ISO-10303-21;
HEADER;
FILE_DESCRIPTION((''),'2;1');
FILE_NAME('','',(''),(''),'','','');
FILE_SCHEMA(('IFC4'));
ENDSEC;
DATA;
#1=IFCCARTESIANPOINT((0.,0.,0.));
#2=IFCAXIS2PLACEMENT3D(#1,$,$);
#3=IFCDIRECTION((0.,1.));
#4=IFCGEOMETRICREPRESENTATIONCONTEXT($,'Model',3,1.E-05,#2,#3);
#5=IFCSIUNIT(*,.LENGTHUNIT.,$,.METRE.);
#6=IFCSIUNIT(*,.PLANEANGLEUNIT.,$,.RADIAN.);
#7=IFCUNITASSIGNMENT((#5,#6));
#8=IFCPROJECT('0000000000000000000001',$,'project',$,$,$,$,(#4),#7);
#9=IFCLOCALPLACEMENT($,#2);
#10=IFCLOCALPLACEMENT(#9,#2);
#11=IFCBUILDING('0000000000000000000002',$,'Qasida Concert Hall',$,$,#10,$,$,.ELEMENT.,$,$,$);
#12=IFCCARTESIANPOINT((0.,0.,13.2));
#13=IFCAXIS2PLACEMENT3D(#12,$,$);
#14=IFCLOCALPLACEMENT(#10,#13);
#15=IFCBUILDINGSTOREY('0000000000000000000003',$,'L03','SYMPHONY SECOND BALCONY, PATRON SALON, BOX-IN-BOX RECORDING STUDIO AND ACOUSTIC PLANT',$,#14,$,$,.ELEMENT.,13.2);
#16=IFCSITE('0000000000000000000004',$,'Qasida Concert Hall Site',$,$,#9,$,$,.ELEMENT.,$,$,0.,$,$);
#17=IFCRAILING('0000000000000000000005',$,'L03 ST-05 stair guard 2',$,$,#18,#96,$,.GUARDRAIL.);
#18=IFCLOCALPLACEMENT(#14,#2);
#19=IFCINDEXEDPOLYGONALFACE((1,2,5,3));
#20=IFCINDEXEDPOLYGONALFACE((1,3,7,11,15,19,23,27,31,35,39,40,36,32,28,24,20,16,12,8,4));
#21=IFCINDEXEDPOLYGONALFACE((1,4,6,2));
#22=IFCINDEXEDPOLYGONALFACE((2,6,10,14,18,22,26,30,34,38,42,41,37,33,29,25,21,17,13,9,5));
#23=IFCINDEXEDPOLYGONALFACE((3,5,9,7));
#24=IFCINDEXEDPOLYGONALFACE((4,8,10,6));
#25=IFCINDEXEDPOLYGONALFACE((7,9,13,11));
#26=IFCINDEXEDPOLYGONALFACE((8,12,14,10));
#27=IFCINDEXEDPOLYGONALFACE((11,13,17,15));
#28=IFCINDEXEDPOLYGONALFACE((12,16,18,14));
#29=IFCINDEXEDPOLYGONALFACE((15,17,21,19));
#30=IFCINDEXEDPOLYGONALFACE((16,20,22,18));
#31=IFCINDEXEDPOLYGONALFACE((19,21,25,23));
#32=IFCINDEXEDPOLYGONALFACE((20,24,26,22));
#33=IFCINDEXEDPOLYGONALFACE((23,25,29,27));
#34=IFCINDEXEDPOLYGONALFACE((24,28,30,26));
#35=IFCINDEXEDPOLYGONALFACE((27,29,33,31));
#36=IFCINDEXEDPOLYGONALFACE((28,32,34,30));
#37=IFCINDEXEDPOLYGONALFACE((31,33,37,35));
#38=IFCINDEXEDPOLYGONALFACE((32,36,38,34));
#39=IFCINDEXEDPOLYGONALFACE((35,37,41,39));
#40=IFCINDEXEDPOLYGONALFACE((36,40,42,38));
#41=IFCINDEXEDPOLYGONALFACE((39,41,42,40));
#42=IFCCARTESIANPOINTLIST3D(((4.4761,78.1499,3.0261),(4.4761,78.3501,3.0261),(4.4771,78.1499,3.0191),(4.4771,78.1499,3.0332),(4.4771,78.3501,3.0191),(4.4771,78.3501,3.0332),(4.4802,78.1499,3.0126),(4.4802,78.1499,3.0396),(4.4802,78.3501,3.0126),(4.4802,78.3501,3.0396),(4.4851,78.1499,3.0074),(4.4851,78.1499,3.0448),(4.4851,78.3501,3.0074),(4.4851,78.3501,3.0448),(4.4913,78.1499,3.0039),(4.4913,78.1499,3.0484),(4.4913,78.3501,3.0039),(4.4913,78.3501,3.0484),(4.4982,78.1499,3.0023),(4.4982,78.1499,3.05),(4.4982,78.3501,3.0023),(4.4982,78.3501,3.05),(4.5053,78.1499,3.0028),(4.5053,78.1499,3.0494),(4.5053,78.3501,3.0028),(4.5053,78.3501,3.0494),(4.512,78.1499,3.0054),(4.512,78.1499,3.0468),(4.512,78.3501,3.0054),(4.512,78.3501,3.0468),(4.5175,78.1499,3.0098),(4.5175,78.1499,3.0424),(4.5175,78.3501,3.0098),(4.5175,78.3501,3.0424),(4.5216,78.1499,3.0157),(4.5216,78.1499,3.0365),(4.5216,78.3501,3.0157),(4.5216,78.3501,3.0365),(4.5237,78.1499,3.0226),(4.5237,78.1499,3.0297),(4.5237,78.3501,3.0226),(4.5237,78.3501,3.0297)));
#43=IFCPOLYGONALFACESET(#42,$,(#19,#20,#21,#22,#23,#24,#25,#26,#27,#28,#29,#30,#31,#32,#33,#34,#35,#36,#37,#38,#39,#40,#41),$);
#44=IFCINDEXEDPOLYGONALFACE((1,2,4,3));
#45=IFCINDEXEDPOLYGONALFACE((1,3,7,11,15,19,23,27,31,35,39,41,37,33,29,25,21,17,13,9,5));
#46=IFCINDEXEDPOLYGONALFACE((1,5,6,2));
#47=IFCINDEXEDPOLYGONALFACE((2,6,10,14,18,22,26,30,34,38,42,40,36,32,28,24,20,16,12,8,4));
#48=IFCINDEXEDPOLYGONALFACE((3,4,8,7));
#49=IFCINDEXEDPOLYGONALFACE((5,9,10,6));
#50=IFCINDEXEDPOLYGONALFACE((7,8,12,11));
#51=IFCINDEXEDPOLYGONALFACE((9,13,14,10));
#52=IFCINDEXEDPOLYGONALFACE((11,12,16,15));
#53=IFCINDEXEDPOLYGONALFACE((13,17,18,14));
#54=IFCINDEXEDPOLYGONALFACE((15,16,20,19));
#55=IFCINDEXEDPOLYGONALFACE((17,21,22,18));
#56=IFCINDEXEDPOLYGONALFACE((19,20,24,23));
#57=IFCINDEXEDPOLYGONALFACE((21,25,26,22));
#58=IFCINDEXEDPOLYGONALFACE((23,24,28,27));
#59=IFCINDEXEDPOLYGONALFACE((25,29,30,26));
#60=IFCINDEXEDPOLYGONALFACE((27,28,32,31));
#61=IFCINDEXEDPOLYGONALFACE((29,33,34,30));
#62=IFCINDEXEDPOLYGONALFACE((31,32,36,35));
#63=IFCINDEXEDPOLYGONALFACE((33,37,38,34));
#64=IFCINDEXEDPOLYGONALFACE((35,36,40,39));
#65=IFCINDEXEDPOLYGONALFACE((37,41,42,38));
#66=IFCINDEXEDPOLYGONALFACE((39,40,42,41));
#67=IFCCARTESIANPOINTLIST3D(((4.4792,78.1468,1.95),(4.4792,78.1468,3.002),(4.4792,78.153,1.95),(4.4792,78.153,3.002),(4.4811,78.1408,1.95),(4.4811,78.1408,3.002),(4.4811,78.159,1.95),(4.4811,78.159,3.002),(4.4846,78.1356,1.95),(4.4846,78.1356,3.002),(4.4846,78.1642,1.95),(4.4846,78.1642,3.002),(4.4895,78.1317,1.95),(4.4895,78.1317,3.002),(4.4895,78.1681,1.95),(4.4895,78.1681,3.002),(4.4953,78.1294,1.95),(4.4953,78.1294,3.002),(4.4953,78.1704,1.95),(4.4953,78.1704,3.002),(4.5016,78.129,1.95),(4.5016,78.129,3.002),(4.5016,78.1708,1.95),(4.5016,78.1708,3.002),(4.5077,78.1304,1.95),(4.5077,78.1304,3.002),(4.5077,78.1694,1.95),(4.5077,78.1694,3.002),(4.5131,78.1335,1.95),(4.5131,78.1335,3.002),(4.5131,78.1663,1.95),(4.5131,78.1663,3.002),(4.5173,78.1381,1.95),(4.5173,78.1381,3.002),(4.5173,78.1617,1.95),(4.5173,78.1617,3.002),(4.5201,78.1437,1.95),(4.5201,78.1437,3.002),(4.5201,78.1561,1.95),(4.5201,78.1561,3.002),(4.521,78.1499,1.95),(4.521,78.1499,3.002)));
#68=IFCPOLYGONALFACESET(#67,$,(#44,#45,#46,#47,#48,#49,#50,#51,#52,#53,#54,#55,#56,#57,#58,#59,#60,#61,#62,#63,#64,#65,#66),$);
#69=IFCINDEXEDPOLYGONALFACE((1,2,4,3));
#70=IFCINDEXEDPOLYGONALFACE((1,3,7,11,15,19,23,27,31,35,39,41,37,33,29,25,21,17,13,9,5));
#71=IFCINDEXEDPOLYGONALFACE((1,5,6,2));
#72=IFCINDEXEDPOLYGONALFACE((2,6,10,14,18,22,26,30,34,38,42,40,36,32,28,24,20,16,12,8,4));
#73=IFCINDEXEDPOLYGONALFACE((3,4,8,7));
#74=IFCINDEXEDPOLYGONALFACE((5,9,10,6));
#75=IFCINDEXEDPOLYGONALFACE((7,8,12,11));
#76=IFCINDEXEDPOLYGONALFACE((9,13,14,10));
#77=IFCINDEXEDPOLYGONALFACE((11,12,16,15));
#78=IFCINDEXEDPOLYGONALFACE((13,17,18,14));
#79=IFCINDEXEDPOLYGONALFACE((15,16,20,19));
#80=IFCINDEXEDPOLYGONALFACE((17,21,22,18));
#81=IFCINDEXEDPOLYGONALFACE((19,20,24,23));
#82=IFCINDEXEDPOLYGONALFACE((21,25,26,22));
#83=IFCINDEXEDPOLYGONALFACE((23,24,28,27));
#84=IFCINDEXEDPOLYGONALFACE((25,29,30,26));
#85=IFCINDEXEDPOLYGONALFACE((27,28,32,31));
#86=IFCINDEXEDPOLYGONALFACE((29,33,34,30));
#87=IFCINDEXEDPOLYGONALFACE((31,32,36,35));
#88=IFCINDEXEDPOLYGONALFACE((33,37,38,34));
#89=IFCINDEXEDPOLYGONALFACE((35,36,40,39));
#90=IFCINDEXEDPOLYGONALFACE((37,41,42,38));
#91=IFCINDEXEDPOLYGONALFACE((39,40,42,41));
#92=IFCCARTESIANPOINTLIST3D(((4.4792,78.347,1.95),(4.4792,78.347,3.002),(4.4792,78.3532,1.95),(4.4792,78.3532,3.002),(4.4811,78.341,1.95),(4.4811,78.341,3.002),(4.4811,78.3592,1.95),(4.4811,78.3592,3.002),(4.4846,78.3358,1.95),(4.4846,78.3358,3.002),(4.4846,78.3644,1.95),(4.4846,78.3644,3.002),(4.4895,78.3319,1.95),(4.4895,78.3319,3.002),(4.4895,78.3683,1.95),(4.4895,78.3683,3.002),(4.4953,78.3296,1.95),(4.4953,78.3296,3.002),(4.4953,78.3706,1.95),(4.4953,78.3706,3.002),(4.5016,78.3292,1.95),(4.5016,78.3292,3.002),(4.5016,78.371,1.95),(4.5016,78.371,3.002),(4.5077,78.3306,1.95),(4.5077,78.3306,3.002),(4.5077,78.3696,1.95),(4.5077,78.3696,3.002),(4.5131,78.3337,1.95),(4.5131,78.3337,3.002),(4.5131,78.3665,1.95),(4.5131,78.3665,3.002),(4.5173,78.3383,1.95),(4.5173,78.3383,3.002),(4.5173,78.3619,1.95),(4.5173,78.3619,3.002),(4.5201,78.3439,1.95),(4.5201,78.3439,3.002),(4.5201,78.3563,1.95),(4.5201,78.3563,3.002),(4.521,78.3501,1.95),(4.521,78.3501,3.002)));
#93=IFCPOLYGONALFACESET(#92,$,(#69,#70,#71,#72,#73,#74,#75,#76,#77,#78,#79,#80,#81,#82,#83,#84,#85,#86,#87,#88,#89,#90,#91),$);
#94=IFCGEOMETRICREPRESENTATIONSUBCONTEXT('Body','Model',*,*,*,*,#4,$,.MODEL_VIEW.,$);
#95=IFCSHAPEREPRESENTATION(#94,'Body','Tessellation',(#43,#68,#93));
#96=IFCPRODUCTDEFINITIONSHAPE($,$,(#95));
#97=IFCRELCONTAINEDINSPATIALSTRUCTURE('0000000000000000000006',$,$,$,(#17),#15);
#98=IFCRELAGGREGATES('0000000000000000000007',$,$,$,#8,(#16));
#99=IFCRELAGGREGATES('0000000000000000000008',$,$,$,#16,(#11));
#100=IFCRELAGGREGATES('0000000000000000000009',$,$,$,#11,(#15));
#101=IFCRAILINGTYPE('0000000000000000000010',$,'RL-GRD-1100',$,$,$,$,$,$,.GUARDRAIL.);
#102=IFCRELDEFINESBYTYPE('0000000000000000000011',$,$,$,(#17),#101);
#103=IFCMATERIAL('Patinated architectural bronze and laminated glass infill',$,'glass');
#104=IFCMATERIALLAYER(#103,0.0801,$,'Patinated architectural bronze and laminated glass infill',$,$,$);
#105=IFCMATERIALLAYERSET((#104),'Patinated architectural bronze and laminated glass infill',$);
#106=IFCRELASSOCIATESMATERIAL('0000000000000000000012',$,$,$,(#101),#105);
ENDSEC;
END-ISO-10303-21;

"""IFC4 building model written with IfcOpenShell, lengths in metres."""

from ifc_helpers import new_model, si_unit, direction, frame, origin, origin_2d, place, context, subcontext, project, spatial, circle, extrude, material, layer, layer_set, type_object, element, save


model = new_model("IFC4")

# Units and contexts
model_context = context("Model", 3, precision=1e-05, world=origin(), true_north=direction((0.0, 1.0)))
body_context = subcontext(model_context, "Body", "Model", "MODEL_VIEW")
ifc_project = project(units=[si_unit("LENGTHUNIT", "METRE"), si_unit("PLANEANGLEUNIT", "RADIAN")], contexts=[model_context])

# Site, building, storey
site_placement = place(None, origin())
site = spatial("IfcSite", under=ifc_project, at=site_placement, Name="Qasida Concert Hall Site", CompositionType="ELEMENT", RefElevation=0.0)
building_placement = place(site_placement, origin())
building = spatial("IfcBuilding", under=site, at=building_placement, Name="Qasida Concert Hall", CompositionType="ELEMENT")
storey_placement = place(building_placement, frame((0.0, 0.0, 13.2)))
storey = spatial("IfcBuildingStorey", under=building, at=storey_placement, Name="L03", Description="SYMPHONY SECOND BALCONY, PATRON SALON, BOX-IN-BOX RECORDING STUDIO AND ACOUSTIC PLANT", CompositionType="ELEMENT", Elevation=13.2)

# Railing
ifc_material_1 = material(Name="Patinated architectural bronze and laminated glass infill", Category="glass")
ifc_layer_1 = layer(ifc_material_1, 0.0801, Name="Patinated architectural bronze and laminated glass infill")
ifc_layer_set_1 = layer_set([ifc_layer_1], Name="Patinated architectural bronze and laminated glass infill")
railing_type_1 = type_object("IfcRailingType", Name="RL-GRD-1100", PredefinedType="GUARDRAIL", material=ifc_layer_set_1)
railing_1_placement = place(storey_placement, frame((4.5, 78.1499, 1.95)))
element("IfcRailing", 1, at=railing_1_placement, inside=storey, type_object=railing_type_1, Name="L03 ST-05 stair guard 2", PredefinedType="GUARDRAIL", context=body_context, shape_type="SweptSolid", body=[
    extrude(circle(Radius=0.0239, at=origin_2d()), frame((0.0, 0.0, 1.0762), z_axis=(0.0, 1.0, 0.0), x_axis=(-1.0, 0.0, 0.0)), (0.0, 0.0, 1.0), 0.2002),
    extrude(circle(Radius=0.021, at=origin_2d()), origin(), (0.0, 0.0, 1.0), 1.052),
    extrude(circle(Radius=0.021, at=origin_2d()), frame((0.0, 0.2002, 0.0)), (0.0, 0.0, 1.0), 1.052),
])

save(model, "model.ifc")
